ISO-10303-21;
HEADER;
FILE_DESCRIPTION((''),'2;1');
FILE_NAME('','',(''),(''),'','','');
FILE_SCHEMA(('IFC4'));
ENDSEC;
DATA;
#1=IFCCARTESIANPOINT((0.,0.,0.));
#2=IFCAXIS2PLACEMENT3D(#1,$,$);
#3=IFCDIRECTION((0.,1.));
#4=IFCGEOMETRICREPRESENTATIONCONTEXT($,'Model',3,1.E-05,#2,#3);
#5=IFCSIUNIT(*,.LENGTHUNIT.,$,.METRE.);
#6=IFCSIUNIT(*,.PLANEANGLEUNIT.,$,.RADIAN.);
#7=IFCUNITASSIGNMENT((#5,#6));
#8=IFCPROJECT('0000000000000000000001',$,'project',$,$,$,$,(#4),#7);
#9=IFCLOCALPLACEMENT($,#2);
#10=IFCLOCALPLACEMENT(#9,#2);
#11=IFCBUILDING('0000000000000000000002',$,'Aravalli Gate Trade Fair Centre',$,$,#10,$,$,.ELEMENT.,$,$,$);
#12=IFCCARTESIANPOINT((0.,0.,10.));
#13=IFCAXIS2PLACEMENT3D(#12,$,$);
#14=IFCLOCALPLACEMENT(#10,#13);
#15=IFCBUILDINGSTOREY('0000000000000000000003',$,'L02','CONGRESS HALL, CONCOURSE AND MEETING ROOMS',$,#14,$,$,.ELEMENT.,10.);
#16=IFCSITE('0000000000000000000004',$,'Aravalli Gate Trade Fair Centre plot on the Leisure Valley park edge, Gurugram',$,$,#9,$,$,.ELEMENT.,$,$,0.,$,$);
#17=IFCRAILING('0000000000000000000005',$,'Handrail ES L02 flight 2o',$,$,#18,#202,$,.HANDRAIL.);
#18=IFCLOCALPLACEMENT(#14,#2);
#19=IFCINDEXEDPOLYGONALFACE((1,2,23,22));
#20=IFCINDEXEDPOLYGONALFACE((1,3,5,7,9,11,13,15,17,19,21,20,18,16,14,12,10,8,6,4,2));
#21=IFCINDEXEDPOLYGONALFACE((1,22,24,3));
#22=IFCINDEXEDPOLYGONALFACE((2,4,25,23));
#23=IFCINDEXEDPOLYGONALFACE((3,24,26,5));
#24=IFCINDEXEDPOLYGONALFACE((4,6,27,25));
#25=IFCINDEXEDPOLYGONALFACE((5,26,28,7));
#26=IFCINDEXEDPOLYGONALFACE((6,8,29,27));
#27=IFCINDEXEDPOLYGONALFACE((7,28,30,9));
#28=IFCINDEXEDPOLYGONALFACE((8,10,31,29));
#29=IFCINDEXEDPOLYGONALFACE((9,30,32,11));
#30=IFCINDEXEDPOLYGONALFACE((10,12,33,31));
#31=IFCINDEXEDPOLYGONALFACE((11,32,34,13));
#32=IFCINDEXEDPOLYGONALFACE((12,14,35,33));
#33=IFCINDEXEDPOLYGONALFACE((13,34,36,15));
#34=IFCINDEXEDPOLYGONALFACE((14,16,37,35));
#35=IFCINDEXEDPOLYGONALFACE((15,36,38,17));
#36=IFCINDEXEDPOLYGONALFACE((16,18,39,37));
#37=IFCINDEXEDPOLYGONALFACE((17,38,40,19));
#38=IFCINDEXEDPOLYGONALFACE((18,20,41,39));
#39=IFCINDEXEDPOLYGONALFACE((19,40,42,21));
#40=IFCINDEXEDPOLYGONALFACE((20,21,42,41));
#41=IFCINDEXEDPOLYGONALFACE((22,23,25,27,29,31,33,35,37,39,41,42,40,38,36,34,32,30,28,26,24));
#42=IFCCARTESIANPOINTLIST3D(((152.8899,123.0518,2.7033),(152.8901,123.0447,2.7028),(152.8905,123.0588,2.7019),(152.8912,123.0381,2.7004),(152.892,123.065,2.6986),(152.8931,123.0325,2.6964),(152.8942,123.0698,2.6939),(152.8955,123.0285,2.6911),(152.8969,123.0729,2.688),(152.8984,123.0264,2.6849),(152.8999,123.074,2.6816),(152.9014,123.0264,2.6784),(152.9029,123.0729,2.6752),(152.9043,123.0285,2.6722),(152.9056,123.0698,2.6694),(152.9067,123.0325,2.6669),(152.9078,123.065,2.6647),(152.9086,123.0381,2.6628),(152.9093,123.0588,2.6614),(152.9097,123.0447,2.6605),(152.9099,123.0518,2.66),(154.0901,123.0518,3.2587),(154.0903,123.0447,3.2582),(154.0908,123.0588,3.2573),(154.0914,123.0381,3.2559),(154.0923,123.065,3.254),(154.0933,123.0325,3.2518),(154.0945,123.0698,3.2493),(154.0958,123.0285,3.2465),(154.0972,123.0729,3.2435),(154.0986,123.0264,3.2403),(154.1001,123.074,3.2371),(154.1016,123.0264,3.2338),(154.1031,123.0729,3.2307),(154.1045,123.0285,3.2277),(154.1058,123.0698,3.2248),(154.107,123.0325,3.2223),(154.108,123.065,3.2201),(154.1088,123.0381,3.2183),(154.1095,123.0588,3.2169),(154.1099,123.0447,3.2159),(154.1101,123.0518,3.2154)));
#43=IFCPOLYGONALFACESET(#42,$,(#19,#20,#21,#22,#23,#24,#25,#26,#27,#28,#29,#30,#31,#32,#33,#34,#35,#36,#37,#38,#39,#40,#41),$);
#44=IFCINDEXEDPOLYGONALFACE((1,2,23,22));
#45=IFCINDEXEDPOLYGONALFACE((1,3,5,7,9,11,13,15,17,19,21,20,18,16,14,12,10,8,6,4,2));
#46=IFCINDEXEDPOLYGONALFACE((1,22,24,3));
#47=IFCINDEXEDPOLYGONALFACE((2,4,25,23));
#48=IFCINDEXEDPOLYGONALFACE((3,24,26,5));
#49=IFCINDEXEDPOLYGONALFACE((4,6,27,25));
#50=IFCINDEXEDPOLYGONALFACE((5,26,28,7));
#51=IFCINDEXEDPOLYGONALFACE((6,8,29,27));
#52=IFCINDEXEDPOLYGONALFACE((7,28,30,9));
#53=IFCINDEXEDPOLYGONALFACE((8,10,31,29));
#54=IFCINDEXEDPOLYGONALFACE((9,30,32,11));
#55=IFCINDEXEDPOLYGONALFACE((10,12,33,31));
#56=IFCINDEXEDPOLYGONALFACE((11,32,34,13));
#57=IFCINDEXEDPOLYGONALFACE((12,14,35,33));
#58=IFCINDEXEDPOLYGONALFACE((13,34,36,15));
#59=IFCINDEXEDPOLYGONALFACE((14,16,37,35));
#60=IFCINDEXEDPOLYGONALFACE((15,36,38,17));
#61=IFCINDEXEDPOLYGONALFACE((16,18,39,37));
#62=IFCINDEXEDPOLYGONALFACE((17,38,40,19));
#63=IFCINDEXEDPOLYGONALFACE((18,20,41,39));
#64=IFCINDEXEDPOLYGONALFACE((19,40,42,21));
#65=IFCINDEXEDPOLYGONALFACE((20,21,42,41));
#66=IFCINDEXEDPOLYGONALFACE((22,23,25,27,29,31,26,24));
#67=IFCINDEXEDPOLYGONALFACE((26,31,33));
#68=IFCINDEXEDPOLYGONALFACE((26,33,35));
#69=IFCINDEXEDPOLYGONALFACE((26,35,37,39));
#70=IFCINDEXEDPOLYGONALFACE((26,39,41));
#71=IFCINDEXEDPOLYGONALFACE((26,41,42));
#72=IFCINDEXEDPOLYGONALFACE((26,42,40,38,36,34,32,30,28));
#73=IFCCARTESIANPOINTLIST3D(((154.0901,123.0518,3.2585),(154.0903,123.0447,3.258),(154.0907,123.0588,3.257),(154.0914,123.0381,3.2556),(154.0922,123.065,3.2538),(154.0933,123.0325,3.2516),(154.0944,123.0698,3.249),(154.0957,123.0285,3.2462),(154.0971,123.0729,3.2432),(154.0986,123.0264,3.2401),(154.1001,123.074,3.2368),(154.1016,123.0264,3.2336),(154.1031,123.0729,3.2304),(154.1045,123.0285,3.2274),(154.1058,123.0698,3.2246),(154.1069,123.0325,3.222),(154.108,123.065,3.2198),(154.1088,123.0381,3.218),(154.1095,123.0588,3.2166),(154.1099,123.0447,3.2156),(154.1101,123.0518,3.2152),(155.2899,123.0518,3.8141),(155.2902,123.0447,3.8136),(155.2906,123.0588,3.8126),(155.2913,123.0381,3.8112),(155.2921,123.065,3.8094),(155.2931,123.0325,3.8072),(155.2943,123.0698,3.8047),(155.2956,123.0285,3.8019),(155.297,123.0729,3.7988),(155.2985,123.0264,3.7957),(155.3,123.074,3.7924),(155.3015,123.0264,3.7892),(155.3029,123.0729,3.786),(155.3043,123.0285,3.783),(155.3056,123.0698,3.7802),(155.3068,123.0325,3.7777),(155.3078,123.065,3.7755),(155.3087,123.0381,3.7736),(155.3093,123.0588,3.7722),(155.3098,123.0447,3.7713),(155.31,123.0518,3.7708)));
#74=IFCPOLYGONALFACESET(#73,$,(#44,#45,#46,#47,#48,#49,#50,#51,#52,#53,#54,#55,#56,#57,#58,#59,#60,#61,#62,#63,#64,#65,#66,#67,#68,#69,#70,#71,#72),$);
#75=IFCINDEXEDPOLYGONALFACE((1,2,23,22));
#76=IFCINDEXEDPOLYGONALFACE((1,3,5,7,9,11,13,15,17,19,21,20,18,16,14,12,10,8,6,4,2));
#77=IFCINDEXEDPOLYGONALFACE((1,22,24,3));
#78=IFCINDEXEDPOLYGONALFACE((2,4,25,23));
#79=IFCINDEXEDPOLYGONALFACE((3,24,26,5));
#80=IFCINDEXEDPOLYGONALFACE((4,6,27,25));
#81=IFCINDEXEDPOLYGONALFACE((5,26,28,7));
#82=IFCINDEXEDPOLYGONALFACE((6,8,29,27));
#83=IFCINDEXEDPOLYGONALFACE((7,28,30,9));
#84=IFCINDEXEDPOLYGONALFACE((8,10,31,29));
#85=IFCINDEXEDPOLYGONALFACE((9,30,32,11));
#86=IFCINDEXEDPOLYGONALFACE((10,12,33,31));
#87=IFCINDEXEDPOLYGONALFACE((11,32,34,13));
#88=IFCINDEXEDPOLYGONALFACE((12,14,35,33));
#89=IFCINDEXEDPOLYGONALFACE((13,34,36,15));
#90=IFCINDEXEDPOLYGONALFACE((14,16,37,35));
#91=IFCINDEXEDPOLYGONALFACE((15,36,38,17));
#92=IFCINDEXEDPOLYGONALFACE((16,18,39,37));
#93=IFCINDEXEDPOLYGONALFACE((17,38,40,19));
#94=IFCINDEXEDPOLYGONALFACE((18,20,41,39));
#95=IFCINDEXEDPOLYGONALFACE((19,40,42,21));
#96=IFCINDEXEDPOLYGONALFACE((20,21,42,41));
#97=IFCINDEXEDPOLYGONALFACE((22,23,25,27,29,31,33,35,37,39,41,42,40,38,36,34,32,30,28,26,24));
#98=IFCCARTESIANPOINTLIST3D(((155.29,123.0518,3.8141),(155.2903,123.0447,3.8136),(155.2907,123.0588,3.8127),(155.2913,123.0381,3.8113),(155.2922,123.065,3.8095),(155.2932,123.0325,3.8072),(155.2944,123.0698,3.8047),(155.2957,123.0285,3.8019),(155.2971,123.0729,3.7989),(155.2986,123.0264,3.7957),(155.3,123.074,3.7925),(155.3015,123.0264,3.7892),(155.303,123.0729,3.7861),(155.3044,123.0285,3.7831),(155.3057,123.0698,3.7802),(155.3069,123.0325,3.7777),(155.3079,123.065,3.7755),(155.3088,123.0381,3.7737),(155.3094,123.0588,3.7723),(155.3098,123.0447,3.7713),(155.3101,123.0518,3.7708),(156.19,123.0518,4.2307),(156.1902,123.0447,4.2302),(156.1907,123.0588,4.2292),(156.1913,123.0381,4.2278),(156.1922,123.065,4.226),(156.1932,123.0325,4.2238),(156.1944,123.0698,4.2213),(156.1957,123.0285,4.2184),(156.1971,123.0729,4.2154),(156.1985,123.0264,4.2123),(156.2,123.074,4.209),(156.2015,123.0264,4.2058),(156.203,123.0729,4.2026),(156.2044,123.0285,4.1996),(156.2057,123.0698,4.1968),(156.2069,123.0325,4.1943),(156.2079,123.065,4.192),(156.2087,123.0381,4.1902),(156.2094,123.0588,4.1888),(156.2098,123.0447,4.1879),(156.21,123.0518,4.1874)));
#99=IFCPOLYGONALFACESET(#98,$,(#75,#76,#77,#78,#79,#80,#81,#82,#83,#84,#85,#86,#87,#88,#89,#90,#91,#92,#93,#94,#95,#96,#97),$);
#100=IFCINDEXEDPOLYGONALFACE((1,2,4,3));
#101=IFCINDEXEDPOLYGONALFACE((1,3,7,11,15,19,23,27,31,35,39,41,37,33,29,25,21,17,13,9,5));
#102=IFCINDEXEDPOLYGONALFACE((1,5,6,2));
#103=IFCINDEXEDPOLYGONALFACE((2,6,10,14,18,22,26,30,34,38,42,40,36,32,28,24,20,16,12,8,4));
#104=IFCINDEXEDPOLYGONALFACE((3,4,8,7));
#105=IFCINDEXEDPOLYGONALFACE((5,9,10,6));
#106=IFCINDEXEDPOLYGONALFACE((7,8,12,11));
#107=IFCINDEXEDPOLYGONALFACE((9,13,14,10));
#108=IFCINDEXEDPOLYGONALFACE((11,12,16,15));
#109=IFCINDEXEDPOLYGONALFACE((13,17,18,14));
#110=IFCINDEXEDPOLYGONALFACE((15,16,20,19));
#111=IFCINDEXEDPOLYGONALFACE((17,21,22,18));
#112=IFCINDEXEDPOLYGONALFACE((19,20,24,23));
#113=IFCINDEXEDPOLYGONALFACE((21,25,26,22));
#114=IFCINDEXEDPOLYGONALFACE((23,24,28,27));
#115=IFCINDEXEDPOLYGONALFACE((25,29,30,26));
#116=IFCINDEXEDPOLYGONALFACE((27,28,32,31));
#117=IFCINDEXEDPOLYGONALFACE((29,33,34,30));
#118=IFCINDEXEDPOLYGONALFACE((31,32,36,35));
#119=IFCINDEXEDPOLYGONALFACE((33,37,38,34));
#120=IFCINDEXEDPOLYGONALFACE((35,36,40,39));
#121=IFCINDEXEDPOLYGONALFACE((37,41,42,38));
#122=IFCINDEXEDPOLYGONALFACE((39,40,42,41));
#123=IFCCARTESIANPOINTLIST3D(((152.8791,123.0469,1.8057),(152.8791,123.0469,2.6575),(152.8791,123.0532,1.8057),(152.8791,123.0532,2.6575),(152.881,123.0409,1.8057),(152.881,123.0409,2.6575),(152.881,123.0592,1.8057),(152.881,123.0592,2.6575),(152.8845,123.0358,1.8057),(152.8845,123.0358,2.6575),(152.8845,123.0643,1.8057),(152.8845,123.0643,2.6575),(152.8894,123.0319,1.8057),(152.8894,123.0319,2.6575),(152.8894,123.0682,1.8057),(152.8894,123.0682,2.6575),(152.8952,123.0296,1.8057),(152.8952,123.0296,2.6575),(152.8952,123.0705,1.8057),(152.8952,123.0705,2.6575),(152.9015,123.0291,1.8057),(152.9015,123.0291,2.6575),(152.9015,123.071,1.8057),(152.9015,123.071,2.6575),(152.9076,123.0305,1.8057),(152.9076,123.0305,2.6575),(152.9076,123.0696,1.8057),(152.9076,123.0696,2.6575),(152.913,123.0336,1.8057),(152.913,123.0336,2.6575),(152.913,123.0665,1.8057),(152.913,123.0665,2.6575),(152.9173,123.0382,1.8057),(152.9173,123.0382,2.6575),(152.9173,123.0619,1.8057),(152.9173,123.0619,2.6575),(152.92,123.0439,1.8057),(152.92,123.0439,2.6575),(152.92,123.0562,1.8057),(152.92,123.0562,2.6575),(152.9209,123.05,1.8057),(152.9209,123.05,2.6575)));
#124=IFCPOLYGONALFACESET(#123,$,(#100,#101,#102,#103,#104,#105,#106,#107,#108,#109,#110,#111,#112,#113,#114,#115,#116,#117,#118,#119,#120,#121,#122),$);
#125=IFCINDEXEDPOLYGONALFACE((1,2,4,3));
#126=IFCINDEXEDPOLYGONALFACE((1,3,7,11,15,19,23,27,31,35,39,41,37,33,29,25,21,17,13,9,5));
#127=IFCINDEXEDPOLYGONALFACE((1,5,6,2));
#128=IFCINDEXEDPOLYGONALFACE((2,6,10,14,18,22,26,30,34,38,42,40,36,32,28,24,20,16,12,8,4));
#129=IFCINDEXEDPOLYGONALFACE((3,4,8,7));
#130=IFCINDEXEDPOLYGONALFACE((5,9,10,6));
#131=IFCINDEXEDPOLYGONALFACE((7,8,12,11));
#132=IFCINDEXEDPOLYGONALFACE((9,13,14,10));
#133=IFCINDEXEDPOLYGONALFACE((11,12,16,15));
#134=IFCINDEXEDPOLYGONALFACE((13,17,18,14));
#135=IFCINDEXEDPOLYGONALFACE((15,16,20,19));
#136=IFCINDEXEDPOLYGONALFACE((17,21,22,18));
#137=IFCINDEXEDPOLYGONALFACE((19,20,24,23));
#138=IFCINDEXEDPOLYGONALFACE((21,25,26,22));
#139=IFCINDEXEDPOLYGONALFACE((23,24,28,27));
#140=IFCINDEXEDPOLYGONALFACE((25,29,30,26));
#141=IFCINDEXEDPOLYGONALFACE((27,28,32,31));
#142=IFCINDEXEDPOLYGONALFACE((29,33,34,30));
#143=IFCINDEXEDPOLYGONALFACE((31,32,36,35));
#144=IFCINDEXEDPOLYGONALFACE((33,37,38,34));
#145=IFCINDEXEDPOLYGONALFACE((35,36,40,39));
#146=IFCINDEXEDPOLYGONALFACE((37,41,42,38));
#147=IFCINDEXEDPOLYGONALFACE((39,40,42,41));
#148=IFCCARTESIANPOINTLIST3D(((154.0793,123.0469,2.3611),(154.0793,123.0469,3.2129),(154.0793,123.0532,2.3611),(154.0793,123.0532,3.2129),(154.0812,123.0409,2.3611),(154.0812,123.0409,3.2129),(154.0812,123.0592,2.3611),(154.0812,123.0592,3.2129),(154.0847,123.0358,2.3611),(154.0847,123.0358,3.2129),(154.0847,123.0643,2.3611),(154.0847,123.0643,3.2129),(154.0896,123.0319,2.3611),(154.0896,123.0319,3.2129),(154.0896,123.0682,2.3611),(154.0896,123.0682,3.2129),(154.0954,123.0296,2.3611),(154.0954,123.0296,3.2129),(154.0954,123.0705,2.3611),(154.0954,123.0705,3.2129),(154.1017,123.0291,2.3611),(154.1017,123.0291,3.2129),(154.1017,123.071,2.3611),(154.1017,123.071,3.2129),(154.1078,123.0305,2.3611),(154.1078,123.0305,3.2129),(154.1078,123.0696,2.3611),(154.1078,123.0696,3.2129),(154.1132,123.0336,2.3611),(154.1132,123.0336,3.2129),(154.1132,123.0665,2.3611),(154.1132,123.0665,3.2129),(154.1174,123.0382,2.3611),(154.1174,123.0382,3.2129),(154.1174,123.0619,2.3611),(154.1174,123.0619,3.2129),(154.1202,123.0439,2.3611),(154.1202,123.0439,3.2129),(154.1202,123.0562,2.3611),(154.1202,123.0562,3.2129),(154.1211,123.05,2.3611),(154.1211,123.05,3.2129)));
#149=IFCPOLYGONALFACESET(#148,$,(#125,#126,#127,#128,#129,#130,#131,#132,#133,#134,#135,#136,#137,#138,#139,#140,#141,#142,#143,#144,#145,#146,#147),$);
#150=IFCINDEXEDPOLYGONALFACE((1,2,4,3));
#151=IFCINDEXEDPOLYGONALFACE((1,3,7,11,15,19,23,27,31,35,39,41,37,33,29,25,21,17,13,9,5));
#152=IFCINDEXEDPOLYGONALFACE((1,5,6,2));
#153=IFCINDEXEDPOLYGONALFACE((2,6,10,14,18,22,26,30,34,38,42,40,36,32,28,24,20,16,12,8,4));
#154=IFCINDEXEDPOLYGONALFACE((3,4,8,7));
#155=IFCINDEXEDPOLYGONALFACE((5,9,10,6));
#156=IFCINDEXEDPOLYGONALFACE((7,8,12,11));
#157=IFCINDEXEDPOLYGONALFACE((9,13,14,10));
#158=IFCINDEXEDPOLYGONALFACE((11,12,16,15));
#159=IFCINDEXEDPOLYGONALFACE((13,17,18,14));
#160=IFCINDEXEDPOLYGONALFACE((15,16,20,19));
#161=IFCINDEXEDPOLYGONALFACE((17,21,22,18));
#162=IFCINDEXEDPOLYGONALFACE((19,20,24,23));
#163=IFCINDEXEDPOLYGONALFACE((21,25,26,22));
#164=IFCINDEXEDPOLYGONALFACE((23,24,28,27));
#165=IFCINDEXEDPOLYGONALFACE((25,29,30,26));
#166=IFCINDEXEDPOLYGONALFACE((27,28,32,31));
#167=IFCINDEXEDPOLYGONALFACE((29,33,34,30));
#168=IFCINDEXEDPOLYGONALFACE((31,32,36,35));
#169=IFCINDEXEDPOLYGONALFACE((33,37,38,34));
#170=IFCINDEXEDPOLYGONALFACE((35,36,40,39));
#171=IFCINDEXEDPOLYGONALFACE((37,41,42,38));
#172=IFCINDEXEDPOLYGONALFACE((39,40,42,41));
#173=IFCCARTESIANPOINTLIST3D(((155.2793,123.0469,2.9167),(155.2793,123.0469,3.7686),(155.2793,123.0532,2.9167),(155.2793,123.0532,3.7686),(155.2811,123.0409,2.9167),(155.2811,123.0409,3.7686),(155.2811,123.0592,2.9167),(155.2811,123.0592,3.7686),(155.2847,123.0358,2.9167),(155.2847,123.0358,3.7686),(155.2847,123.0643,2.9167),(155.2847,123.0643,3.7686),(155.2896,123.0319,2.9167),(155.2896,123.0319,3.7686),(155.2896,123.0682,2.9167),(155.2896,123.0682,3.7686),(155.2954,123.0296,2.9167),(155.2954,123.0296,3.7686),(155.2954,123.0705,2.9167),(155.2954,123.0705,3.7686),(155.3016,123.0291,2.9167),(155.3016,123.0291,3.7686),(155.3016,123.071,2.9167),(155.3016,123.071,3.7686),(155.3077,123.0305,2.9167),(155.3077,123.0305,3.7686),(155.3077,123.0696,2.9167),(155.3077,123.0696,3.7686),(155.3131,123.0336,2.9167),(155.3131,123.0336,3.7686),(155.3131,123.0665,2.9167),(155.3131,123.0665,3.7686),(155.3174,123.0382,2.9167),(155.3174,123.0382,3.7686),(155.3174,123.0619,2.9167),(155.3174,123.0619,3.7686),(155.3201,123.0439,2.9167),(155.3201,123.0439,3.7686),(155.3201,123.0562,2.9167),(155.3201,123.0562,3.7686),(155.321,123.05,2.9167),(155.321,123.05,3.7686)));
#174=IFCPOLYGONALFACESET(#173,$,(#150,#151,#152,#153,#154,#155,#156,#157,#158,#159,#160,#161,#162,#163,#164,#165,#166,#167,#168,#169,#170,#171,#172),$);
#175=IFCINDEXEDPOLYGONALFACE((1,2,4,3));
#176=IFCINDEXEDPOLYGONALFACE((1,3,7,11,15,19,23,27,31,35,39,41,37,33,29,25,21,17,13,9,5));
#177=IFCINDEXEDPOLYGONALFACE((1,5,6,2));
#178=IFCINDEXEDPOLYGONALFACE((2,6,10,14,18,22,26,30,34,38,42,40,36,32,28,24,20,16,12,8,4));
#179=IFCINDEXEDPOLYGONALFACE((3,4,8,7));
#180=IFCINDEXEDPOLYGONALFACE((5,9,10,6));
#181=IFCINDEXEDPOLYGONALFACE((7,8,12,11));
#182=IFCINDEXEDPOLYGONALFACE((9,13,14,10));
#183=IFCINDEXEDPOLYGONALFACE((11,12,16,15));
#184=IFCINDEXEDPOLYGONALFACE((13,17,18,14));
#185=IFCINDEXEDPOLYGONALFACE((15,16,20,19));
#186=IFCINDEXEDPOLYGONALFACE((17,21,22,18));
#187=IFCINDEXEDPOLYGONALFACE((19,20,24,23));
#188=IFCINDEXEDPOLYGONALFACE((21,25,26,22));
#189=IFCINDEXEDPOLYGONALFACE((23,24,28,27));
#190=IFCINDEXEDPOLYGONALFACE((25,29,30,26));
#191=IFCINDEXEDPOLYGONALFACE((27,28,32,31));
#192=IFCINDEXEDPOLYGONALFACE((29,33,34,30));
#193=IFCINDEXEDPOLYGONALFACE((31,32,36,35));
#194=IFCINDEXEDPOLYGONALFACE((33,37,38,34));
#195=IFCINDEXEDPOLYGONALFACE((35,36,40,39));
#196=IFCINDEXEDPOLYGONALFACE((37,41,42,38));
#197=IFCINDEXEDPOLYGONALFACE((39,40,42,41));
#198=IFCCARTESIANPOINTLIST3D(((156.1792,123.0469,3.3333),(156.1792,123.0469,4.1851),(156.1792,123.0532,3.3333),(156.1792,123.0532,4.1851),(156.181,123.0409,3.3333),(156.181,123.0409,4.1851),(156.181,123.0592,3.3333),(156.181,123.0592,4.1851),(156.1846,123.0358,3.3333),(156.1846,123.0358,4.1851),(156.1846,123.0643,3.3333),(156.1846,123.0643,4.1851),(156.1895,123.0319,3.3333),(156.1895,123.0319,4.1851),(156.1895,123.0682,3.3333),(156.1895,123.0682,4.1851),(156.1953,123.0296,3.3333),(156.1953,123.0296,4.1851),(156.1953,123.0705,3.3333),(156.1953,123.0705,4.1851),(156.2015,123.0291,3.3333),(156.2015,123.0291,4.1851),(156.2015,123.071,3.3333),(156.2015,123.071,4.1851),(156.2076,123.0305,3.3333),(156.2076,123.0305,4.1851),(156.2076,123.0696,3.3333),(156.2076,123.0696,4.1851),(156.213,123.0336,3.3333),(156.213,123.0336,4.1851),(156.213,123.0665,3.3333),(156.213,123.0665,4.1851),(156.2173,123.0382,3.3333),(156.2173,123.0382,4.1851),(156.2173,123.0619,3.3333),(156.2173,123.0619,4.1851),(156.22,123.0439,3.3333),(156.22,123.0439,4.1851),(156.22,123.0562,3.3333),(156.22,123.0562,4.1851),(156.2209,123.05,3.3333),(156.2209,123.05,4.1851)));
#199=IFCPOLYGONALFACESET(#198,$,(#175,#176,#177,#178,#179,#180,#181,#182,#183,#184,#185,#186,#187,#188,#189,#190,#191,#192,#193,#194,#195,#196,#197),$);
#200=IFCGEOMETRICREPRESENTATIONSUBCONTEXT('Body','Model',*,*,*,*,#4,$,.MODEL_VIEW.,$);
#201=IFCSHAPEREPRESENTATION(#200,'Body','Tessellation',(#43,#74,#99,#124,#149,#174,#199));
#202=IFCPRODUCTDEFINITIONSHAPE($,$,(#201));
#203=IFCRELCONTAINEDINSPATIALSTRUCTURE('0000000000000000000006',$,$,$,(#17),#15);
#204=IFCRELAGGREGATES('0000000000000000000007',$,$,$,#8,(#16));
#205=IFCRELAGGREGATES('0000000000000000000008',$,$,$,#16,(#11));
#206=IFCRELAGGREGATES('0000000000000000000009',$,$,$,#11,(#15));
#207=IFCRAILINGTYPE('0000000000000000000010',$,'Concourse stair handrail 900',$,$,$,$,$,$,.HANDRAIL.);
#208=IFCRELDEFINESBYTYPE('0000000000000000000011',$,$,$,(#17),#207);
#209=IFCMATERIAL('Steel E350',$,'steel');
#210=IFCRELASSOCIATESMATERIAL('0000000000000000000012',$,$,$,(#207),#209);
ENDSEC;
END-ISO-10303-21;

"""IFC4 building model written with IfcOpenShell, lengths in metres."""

from ifc_helpers import new_model, si_unit, direction, frame, origin, origin_2d, place, context, subcontext, project, spatial, circle, extrude, material, type_object, element, save


model = new_model("IFC4")

# Units and contexts
model_context = context("Model", 3, precision=1e-05, world=origin(), true_north=direction((0.0, 1.0)))
body_context = subcontext(model_context, "Body", "Model", "MODEL_VIEW")
ifc_project = project(units=[si_unit("LENGTHUNIT", "METRE"), si_unit("PLANEANGLEUNIT", "RADIAN")], contexts=[model_context])

# Site, building, storey
site_placement = place(None, origin())
site = spatial("IfcSite", under=ifc_project, at=site_placement, Name="Aravalli Gate Trade Fair Centre plot on the Leisure Valley park edge, Gurugram", CompositionType="ELEMENT", RefElevation=0.0)
building_placement = place(site_placement, origin())
building = spatial("IfcBuilding", under=site, at=building_placement, Name="Aravalli Gate Trade Fair Centre", CompositionType="ELEMENT")
storey_placement = place(building_placement, frame((0.0, 0.0, 10.0)))
storey = spatial("IfcBuildingStorey", under=building, at=storey_placement, Name="L02", Description="CONGRESS HALL, CONCOURSE AND MEETING ROOMS", CompositionType="ELEMENT", Elevation=10.0)

# Shared definitions
ifc_material_1 = material(Name="Steel E350", Category="steel")

# Railing
railing_type = type_object("IfcRailingType", Name="Concourse stair handrail 900", PredefinedType="HANDRAIL", material=ifc_material_1)
for number, where, name in (
    (1, (152.8999, 123.05, 1.8057), "Handrail ES L02 flight 2o"),
):
    element("IfcRailing", number, at=place(storey_placement, frame(where)), inside=storey, type_object=railing_type, Name=name, PredefinedType="HANDRAIL", context=body_context, shape_type="SweptSolid", body=[
        extrude(circle(Radius=0.0239, at=origin_2d()), frame((0.0, 0.0, 0.876), z_axis=(0.907532, 0.0, 0.419983), x_axis=(0.0, 1.0, 0.0)), (0.0, 0.0, 1.0), 1.3225),
        extrude(circle(Radius=0.0239, at=origin_2d()), frame((1.2002, 0.0, 1.4312), z_axis=(0.907429, 0.0, 0.420205), x_axis=(0.0, 1.0, 0.0)), (0.0, 0.0, 1.0), 1.3223),
        extrude(circle(Radius=0.0239, at=origin_2d()), frame((2.4001, 0.0, 1.9868), z_axis=(0.907512, 0.0, 0.420026), x_axis=(0.0, 1.0, 0.0)), (0.0, 0.0, 1.0), 0.9917),
        extrude(circle(Radius=0.021, at=origin_2d()), origin(), (0.0, 0.0, 1.0), 0.8518),
        extrude(circle(Radius=0.021, at=origin_2d()), frame((1.2002, 0.0, 0.5554)), (0.0, 0.0, 1.0), 0.8518),
        extrude(circle(Radius=0.021, at=origin_2d()), frame((2.4001, 0.0, 1.1111)), (0.0, 0.0, 1.0), 0.8518),
        extrude(circle(Radius=0.021, at=origin_2d()), frame((3.3, 0.0, 1.5276)), (0.0, 0.0, 1.0), 0.8518),
    ])

save(model, "model.ifc")
